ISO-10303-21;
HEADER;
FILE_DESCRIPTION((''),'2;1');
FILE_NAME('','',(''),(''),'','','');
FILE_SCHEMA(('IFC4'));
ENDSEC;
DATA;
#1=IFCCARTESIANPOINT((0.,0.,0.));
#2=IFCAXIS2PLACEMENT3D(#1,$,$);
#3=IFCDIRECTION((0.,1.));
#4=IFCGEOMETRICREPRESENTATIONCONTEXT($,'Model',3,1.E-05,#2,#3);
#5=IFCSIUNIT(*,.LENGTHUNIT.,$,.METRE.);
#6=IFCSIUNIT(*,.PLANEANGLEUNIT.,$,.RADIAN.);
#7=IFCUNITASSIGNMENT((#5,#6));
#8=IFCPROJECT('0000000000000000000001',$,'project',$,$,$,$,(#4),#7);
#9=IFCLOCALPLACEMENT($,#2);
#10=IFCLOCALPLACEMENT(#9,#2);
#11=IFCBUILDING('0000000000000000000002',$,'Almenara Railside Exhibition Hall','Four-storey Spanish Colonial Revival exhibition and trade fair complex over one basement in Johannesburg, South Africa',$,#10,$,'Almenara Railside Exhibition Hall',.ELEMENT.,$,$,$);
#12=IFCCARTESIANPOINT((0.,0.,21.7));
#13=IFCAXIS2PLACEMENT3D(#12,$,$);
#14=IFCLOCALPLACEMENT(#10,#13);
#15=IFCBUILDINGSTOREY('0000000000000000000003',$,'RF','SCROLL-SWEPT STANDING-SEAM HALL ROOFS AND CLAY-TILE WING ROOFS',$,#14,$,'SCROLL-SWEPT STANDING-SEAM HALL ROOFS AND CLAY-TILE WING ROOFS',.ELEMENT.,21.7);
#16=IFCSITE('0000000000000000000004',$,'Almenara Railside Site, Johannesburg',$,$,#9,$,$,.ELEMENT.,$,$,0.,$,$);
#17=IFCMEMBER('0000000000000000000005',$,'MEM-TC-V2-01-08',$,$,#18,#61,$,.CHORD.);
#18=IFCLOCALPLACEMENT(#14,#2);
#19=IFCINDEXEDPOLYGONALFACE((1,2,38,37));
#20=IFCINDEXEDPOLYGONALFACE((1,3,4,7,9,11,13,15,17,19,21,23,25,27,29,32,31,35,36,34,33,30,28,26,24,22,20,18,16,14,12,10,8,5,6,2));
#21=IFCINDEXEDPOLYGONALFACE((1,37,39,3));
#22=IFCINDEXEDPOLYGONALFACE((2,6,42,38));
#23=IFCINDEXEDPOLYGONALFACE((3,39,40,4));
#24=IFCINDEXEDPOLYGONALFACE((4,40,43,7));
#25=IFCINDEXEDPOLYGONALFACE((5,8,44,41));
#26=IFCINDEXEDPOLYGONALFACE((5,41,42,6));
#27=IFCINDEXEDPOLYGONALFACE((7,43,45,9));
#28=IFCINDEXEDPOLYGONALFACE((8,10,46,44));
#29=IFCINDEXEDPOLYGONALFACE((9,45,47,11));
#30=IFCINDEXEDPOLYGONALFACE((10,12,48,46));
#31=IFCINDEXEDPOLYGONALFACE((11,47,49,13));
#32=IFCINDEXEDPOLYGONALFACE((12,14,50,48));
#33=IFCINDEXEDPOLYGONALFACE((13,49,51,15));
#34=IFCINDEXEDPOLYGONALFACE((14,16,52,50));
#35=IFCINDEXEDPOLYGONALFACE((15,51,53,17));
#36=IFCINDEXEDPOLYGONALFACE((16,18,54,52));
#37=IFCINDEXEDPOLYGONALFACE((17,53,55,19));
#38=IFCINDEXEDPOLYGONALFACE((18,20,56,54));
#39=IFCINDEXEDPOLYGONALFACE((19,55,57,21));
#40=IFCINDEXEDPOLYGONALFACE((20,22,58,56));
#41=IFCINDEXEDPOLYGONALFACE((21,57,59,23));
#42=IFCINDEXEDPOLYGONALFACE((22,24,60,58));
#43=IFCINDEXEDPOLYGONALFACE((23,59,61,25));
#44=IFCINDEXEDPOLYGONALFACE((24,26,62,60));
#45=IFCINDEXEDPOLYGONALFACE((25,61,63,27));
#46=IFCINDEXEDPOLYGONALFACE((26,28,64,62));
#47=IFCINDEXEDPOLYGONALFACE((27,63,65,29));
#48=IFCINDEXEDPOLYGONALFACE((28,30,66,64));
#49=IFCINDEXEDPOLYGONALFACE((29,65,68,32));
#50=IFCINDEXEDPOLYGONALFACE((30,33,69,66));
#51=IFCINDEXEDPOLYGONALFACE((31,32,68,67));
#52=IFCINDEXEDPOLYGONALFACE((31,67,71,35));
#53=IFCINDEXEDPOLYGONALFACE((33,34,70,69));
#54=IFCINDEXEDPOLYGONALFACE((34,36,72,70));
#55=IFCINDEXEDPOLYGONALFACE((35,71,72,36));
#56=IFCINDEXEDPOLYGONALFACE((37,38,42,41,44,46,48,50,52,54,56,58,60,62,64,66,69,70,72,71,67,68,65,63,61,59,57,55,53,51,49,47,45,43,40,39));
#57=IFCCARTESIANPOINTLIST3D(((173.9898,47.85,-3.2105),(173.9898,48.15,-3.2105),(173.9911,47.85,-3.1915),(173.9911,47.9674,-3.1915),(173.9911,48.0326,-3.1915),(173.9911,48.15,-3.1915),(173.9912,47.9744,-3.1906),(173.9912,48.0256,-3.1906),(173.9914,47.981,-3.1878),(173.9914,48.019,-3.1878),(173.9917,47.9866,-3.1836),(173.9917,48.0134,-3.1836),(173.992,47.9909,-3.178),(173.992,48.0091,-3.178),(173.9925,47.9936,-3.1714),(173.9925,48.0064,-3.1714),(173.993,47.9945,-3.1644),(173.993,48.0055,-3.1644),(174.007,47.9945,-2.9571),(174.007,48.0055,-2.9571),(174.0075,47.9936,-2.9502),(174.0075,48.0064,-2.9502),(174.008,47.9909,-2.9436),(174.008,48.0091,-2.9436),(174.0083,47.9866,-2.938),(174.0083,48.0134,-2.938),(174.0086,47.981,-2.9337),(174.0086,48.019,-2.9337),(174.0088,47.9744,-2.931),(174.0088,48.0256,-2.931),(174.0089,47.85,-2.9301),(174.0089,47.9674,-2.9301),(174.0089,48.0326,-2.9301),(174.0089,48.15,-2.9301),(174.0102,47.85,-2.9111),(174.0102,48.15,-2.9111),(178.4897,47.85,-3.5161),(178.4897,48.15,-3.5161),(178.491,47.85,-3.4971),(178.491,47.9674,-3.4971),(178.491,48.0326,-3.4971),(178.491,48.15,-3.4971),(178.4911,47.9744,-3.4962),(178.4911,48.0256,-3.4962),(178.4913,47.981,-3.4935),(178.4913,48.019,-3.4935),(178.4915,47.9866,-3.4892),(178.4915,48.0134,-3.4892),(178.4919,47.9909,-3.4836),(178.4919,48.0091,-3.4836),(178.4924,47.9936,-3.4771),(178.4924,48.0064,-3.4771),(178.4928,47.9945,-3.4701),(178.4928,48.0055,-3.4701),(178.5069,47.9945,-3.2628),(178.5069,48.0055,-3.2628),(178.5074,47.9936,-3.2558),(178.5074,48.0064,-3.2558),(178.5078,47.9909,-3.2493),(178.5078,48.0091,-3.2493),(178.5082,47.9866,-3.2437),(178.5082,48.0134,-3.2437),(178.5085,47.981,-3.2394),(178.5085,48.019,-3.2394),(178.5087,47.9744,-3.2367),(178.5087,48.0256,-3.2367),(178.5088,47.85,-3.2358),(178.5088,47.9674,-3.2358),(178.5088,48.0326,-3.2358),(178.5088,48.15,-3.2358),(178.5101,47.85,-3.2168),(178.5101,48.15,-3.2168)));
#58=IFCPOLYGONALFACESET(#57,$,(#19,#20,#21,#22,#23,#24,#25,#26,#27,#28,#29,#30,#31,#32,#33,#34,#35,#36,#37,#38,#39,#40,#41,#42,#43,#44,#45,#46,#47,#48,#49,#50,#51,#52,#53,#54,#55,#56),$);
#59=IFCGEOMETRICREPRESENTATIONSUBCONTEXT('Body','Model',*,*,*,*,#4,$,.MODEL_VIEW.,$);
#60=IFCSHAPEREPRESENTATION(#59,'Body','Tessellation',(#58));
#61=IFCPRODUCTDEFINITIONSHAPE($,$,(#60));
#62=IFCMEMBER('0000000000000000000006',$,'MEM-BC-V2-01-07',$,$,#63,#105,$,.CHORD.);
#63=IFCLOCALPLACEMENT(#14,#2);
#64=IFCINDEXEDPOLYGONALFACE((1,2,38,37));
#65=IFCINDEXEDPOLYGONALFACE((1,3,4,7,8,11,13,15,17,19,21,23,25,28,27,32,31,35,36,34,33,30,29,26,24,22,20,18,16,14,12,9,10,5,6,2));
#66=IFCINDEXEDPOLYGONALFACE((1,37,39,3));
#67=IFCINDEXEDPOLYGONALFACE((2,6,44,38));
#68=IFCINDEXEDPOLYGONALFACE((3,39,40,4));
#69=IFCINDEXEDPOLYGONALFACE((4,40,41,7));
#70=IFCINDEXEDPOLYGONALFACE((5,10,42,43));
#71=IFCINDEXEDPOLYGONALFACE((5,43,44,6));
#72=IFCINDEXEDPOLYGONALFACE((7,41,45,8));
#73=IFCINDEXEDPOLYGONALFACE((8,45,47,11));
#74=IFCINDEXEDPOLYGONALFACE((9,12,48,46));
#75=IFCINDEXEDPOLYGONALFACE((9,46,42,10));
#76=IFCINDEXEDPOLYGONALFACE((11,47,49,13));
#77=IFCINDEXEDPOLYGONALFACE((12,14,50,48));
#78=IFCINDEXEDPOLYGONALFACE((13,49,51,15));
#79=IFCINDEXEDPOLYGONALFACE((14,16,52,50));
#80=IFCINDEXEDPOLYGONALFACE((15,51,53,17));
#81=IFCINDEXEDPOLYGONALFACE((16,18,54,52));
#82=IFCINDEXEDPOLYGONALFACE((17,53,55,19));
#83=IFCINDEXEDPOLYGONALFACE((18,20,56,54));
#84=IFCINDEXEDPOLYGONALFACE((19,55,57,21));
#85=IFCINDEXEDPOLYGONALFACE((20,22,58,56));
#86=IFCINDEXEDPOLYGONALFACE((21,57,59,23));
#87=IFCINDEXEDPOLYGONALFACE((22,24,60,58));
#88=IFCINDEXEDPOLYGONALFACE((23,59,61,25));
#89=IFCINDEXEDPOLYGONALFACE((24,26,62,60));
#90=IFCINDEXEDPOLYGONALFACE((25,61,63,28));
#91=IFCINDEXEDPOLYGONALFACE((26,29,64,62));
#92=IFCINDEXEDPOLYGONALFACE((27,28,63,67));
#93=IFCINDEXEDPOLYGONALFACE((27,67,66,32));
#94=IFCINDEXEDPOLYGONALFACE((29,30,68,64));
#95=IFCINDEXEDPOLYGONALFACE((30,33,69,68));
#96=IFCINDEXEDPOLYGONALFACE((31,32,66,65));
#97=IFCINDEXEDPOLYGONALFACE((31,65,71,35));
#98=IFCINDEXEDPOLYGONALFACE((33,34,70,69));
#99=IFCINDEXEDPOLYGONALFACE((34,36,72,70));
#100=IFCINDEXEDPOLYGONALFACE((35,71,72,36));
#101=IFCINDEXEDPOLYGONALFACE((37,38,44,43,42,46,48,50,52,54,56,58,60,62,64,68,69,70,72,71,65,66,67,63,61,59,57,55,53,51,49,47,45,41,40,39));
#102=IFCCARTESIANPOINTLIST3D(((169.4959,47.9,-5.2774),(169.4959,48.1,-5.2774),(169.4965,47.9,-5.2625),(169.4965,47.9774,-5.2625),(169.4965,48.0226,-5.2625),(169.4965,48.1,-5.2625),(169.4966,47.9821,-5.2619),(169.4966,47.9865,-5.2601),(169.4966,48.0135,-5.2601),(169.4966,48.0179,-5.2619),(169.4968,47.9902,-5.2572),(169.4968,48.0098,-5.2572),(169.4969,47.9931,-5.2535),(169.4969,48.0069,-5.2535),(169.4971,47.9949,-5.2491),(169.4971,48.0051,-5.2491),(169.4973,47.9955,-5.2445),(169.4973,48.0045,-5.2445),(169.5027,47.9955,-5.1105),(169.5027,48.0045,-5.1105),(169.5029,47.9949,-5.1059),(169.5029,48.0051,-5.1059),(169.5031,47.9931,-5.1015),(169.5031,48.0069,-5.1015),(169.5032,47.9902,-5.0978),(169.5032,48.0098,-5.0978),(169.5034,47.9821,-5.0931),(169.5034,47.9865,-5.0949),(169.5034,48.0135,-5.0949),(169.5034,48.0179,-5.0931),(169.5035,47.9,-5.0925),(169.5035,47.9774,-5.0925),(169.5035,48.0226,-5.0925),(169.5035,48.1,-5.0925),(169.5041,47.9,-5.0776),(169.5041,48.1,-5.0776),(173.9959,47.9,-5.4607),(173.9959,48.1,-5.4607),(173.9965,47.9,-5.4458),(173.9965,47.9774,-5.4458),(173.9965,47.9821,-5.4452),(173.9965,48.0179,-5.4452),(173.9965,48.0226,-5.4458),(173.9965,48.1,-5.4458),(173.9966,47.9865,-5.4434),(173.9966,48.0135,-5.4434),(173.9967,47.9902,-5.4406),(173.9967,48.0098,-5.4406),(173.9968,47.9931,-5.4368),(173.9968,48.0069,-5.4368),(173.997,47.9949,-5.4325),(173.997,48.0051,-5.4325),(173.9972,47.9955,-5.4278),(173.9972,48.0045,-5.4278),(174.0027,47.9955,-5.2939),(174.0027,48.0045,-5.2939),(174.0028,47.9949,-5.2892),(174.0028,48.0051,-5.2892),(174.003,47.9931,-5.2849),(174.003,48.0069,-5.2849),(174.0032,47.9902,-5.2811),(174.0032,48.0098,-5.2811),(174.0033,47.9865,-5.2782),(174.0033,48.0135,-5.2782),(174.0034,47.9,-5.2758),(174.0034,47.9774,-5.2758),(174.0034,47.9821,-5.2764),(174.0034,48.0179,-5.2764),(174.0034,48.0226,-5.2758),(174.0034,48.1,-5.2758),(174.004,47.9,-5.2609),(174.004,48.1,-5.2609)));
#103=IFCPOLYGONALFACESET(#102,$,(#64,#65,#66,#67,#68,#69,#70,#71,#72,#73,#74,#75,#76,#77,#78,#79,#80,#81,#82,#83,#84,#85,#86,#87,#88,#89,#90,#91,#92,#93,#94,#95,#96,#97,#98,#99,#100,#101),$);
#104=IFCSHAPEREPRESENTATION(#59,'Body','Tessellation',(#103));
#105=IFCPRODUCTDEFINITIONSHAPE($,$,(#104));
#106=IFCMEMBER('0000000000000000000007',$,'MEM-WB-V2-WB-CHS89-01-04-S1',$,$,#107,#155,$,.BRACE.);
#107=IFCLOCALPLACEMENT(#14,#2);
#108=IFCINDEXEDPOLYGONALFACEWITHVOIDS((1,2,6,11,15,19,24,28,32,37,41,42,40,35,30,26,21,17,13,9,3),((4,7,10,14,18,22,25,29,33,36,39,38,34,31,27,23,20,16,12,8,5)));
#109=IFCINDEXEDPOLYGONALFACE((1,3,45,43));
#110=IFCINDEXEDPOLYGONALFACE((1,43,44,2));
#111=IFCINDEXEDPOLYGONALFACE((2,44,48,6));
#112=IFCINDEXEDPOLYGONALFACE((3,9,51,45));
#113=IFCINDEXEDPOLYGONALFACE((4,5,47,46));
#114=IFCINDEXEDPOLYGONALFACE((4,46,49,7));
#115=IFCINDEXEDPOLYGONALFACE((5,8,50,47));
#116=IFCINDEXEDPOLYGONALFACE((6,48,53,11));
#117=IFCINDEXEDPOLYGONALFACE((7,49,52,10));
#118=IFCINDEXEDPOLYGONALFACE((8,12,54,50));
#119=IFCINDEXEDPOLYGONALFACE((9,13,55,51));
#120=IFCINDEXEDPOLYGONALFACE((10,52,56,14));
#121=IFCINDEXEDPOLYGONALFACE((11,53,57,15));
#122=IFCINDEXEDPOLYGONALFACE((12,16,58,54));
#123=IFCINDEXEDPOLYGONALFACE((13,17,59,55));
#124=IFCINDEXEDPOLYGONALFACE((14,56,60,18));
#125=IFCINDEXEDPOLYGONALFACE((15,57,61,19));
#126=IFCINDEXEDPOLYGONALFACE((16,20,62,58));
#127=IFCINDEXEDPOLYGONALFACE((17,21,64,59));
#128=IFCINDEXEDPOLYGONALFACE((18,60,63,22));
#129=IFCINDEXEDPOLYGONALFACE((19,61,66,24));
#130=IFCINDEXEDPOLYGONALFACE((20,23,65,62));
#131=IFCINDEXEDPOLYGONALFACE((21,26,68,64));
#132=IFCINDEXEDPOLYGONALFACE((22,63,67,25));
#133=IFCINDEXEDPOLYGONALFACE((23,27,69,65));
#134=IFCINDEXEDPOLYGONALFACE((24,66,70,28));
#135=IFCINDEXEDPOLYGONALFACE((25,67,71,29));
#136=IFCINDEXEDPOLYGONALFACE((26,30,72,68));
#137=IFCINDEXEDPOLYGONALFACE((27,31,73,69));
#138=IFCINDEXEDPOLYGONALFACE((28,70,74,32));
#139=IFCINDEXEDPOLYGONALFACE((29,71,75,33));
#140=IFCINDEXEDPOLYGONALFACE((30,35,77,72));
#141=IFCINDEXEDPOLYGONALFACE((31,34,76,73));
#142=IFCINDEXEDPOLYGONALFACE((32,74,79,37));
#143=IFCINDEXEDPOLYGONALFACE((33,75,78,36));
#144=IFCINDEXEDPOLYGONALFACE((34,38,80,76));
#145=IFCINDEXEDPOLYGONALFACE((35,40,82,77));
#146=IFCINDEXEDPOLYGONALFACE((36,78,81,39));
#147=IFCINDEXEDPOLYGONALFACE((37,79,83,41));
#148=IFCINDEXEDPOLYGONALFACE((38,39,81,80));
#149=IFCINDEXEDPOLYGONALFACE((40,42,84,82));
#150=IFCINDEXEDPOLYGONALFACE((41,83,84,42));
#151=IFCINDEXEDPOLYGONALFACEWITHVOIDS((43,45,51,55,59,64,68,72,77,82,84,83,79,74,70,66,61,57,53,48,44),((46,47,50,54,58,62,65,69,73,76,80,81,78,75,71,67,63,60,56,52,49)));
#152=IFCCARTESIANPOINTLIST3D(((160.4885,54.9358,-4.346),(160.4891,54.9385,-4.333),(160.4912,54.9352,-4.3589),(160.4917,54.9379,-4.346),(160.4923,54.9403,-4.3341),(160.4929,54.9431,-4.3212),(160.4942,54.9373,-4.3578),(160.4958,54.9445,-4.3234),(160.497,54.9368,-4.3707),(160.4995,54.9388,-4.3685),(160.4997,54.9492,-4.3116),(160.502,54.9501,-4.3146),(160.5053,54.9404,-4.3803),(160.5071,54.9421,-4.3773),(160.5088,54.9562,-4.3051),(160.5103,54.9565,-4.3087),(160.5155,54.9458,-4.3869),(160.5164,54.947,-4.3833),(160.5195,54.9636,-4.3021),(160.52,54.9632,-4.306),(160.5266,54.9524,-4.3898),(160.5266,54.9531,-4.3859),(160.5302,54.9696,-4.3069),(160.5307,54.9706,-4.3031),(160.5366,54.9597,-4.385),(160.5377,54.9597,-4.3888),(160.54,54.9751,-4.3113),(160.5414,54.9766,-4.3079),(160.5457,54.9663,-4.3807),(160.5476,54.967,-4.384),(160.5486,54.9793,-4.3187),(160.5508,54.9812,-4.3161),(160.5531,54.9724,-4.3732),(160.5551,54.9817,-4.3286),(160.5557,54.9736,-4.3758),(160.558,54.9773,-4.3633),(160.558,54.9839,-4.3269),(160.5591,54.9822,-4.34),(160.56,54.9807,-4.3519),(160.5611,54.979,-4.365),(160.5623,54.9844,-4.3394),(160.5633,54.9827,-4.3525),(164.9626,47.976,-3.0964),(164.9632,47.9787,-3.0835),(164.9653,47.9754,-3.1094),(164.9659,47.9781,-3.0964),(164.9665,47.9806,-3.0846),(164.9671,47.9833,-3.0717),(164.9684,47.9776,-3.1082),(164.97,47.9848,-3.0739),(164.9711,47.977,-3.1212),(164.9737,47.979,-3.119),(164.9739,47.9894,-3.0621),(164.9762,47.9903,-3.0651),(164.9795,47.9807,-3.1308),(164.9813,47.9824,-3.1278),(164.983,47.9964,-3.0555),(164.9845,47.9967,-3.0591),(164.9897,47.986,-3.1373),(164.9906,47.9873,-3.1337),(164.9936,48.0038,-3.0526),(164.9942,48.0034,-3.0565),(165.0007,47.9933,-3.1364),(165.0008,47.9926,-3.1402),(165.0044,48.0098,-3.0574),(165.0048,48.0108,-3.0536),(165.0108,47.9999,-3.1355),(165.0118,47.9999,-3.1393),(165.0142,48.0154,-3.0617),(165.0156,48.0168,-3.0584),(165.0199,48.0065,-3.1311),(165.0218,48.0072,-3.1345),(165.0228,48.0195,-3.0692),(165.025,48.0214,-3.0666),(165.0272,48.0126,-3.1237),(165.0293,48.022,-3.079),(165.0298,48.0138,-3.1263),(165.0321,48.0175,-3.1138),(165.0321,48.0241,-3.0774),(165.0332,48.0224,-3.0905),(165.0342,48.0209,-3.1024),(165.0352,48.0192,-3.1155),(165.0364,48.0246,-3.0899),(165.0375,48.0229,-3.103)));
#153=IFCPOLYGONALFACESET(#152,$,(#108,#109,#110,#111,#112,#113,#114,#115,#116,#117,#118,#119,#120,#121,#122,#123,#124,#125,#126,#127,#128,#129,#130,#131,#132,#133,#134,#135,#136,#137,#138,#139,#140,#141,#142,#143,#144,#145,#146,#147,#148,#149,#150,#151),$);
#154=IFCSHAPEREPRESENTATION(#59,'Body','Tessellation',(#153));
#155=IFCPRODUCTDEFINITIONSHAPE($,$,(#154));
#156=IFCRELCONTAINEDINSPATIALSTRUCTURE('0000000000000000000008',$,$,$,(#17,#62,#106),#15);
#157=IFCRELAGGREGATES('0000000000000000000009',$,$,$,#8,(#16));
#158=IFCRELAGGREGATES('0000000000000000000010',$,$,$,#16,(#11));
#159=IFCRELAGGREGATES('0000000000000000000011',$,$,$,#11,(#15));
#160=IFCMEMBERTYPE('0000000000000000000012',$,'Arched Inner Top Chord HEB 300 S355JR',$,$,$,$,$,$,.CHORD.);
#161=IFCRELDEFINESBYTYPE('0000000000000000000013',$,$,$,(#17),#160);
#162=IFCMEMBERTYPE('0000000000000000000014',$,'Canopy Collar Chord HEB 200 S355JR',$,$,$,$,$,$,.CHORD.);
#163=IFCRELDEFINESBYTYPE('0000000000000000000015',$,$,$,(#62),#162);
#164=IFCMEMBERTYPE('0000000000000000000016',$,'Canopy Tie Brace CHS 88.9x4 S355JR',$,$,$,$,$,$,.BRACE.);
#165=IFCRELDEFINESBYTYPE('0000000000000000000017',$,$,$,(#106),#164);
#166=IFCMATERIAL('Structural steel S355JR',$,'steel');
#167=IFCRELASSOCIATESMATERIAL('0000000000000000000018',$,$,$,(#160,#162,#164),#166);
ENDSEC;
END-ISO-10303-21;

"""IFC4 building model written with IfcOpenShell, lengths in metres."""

from ifc_helpers import new_model, si_unit, direction, frame, origin, origin_2d, place, context, subcontext, project, spatial, hollow_circle, i_section, extrude, material, material_profile, profile_set, type_object, element, save


model = new_model("IFC4")

# Units and contexts
model_context = context("Model", 3, precision=1e-05, world=origin(), true_north=direction((0.0, 1.0)))
body_context = subcontext(model_context, "Body", "Model", "MODEL_VIEW")
ifc_project = project(units=[si_unit("LENGTHUNIT", "METRE"), si_unit("PLANEANGLEUNIT", "RADIAN")], contexts=[model_context])

# Site, building, storey
site_placement = place(None, origin())
site = spatial("IfcSite", under=ifc_project, at=site_placement, Name="Almenara Railside Site, Johannesburg", CompositionType="ELEMENT", RefElevation=0.0)
building_placement = place(site_placement, origin())
building = spatial("IfcBuilding", under=site, at=building_placement, Name="Almenara Railside Exhibition Hall", Description="Four-storey Spanish Colonial Revival exhibition and trade fair complex over one basement in Johannesburg, South Africa", LongName="Almenara Railside Exhibition Hall", CompositionType="ELEMENT")
storey_placement = place(building_placement, frame((0.0, 0.0, 21.7)))
storey = spatial("IfcBuildingStorey", under=building, at=storey_placement, Name="RF", Description="SCROLL-SWEPT STANDING-SEAM HALL ROOFS AND CLAY-TILE WING ROOFS", LongName="SCROLL-SWEPT STANDING-SEAM HALL ROOFS AND CLAY-TILE WING ROOFS", CompositionType="ELEMENT", Elevation=21.7)

# Members
ifc_material_1 = material(Name="Structural steel S355JR", Category="steel")
ifc_material_profile_1 = material_profile(ifc_material_1, i_section(OverallWidth=0.3, OverallDepth=0.3, WebThickness=0.011, FlangeThickness=0.019, FilletRadius=0.0271, at=origin_2d()), Name="HEB 300")
ifc_profile_set_1 = profile_set([ifc_material_profile_1], Name="Structural steel S355JR")
member_type_1 = type_object("IfcMemberType", Name="Arched Inner Top Chord HEB 300 S355JR", PredefinedType="CHORD", material=ifc_profile_set_1)
member_1_placement = place(storey_placement, frame((174.0, 48.0, -3.0608), z_axis=(0.997701, 0.0, -0.067769), x_axis=(0.0, 1.0, 0.0)))
element("IfcMember", 1, at=member_1_placement, inside=storey, type_object=member_type_1, Name="MEM-TC-V2-01-08", PredefinedType="CHORD", context=body_context, shape_type="SweptSolid", body=[
    extrude(i_section(OverallWidth=0.3, OverallDepth=0.3, WebThickness=0.011, FlangeThickness=0.019, FilletRadius=0.0271, at=origin_2d()), origin(), (0.0, 0.0, 1.0), 4.5103),
])
ifc_material_profile_2 = material_profile(ifc_material_1, i_section(OverallWidth=0.2, OverallDepth=0.2, WebThickness=0.009, FlangeThickness=0.0149, FilletRadius=0.0181, at=origin_2d()), Name="HEB 200")
ifc_profile_set_2 = profile_set([ifc_material_profile_2], Name="Structural steel S355JR")
member_type_2 = type_object("IfcMemberType", Name="Canopy Collar Chord HEB 200 S355JR", PredefinedType="CHORD", material=ifc_profile_set_2)
member_2_placement = place(storey_placement, frame((169.5, 48.0, -5.1775), z_axis=(0.999171, 0.0, -0.040711), x_axis=(0.0, 1.0, 0.0)))
element("IfcMember", 2, at=member_2_placement, inside=storey, type_object=member_type_2, Name="MEM-BC-V2-01-07", PredefinedType="CHORD", context=body_context, shape_type="SweptSolid", body=[
    extrude(i_section(OverallWidth=0.2, OverallDepth=0.2, WebThickness=0.009, FlangeThickness=0.0149, FilletRadius=0.0181, at=origin_2d()), origin(), (0.0, 0.0, 1.0), 4.5037),
])
ifc_material_profile_3 = material_profile(ifc_material_1, hollow_circle(Radius=0.0444, WallThickness=0.0039, at=origin_2d()), Name="CHS 88.9x4")
ifc_profile_set_3 = profile_set([ifc_material_profile_3], Name="Structural steel S355JR")
member_type_3 = type_object("IfcMemberType", Name="Canopy Tie Brace CHS 88.9x4 S355JR", PredefinedType="BRACE", material=ifc_profile_set_3)
member_3_placement = place(storey_placement, frame((165.0, 48.0, -3.0964), z_axis=(-0.534696, 0.831746, -0.149327), x_axis=(-0.841178, -0.540759, 0.0)))
element("IfcMember", 3, at=member_3_placement, inside=storey, type_object=member_type_3, Name="MEM-WB-V2-WB-CHS89-01-04-S1", PredefinedType="BRACE", context=body_context, shape_type="SweptSolid", body=[
    extrude(hollow_circle(Radius=0.0444, WallThickness=0.0039, at=origin_2d()), origin(), (0.0, 0.0, 1.0), 8.3677),
])

save(model, "model.ifc")
